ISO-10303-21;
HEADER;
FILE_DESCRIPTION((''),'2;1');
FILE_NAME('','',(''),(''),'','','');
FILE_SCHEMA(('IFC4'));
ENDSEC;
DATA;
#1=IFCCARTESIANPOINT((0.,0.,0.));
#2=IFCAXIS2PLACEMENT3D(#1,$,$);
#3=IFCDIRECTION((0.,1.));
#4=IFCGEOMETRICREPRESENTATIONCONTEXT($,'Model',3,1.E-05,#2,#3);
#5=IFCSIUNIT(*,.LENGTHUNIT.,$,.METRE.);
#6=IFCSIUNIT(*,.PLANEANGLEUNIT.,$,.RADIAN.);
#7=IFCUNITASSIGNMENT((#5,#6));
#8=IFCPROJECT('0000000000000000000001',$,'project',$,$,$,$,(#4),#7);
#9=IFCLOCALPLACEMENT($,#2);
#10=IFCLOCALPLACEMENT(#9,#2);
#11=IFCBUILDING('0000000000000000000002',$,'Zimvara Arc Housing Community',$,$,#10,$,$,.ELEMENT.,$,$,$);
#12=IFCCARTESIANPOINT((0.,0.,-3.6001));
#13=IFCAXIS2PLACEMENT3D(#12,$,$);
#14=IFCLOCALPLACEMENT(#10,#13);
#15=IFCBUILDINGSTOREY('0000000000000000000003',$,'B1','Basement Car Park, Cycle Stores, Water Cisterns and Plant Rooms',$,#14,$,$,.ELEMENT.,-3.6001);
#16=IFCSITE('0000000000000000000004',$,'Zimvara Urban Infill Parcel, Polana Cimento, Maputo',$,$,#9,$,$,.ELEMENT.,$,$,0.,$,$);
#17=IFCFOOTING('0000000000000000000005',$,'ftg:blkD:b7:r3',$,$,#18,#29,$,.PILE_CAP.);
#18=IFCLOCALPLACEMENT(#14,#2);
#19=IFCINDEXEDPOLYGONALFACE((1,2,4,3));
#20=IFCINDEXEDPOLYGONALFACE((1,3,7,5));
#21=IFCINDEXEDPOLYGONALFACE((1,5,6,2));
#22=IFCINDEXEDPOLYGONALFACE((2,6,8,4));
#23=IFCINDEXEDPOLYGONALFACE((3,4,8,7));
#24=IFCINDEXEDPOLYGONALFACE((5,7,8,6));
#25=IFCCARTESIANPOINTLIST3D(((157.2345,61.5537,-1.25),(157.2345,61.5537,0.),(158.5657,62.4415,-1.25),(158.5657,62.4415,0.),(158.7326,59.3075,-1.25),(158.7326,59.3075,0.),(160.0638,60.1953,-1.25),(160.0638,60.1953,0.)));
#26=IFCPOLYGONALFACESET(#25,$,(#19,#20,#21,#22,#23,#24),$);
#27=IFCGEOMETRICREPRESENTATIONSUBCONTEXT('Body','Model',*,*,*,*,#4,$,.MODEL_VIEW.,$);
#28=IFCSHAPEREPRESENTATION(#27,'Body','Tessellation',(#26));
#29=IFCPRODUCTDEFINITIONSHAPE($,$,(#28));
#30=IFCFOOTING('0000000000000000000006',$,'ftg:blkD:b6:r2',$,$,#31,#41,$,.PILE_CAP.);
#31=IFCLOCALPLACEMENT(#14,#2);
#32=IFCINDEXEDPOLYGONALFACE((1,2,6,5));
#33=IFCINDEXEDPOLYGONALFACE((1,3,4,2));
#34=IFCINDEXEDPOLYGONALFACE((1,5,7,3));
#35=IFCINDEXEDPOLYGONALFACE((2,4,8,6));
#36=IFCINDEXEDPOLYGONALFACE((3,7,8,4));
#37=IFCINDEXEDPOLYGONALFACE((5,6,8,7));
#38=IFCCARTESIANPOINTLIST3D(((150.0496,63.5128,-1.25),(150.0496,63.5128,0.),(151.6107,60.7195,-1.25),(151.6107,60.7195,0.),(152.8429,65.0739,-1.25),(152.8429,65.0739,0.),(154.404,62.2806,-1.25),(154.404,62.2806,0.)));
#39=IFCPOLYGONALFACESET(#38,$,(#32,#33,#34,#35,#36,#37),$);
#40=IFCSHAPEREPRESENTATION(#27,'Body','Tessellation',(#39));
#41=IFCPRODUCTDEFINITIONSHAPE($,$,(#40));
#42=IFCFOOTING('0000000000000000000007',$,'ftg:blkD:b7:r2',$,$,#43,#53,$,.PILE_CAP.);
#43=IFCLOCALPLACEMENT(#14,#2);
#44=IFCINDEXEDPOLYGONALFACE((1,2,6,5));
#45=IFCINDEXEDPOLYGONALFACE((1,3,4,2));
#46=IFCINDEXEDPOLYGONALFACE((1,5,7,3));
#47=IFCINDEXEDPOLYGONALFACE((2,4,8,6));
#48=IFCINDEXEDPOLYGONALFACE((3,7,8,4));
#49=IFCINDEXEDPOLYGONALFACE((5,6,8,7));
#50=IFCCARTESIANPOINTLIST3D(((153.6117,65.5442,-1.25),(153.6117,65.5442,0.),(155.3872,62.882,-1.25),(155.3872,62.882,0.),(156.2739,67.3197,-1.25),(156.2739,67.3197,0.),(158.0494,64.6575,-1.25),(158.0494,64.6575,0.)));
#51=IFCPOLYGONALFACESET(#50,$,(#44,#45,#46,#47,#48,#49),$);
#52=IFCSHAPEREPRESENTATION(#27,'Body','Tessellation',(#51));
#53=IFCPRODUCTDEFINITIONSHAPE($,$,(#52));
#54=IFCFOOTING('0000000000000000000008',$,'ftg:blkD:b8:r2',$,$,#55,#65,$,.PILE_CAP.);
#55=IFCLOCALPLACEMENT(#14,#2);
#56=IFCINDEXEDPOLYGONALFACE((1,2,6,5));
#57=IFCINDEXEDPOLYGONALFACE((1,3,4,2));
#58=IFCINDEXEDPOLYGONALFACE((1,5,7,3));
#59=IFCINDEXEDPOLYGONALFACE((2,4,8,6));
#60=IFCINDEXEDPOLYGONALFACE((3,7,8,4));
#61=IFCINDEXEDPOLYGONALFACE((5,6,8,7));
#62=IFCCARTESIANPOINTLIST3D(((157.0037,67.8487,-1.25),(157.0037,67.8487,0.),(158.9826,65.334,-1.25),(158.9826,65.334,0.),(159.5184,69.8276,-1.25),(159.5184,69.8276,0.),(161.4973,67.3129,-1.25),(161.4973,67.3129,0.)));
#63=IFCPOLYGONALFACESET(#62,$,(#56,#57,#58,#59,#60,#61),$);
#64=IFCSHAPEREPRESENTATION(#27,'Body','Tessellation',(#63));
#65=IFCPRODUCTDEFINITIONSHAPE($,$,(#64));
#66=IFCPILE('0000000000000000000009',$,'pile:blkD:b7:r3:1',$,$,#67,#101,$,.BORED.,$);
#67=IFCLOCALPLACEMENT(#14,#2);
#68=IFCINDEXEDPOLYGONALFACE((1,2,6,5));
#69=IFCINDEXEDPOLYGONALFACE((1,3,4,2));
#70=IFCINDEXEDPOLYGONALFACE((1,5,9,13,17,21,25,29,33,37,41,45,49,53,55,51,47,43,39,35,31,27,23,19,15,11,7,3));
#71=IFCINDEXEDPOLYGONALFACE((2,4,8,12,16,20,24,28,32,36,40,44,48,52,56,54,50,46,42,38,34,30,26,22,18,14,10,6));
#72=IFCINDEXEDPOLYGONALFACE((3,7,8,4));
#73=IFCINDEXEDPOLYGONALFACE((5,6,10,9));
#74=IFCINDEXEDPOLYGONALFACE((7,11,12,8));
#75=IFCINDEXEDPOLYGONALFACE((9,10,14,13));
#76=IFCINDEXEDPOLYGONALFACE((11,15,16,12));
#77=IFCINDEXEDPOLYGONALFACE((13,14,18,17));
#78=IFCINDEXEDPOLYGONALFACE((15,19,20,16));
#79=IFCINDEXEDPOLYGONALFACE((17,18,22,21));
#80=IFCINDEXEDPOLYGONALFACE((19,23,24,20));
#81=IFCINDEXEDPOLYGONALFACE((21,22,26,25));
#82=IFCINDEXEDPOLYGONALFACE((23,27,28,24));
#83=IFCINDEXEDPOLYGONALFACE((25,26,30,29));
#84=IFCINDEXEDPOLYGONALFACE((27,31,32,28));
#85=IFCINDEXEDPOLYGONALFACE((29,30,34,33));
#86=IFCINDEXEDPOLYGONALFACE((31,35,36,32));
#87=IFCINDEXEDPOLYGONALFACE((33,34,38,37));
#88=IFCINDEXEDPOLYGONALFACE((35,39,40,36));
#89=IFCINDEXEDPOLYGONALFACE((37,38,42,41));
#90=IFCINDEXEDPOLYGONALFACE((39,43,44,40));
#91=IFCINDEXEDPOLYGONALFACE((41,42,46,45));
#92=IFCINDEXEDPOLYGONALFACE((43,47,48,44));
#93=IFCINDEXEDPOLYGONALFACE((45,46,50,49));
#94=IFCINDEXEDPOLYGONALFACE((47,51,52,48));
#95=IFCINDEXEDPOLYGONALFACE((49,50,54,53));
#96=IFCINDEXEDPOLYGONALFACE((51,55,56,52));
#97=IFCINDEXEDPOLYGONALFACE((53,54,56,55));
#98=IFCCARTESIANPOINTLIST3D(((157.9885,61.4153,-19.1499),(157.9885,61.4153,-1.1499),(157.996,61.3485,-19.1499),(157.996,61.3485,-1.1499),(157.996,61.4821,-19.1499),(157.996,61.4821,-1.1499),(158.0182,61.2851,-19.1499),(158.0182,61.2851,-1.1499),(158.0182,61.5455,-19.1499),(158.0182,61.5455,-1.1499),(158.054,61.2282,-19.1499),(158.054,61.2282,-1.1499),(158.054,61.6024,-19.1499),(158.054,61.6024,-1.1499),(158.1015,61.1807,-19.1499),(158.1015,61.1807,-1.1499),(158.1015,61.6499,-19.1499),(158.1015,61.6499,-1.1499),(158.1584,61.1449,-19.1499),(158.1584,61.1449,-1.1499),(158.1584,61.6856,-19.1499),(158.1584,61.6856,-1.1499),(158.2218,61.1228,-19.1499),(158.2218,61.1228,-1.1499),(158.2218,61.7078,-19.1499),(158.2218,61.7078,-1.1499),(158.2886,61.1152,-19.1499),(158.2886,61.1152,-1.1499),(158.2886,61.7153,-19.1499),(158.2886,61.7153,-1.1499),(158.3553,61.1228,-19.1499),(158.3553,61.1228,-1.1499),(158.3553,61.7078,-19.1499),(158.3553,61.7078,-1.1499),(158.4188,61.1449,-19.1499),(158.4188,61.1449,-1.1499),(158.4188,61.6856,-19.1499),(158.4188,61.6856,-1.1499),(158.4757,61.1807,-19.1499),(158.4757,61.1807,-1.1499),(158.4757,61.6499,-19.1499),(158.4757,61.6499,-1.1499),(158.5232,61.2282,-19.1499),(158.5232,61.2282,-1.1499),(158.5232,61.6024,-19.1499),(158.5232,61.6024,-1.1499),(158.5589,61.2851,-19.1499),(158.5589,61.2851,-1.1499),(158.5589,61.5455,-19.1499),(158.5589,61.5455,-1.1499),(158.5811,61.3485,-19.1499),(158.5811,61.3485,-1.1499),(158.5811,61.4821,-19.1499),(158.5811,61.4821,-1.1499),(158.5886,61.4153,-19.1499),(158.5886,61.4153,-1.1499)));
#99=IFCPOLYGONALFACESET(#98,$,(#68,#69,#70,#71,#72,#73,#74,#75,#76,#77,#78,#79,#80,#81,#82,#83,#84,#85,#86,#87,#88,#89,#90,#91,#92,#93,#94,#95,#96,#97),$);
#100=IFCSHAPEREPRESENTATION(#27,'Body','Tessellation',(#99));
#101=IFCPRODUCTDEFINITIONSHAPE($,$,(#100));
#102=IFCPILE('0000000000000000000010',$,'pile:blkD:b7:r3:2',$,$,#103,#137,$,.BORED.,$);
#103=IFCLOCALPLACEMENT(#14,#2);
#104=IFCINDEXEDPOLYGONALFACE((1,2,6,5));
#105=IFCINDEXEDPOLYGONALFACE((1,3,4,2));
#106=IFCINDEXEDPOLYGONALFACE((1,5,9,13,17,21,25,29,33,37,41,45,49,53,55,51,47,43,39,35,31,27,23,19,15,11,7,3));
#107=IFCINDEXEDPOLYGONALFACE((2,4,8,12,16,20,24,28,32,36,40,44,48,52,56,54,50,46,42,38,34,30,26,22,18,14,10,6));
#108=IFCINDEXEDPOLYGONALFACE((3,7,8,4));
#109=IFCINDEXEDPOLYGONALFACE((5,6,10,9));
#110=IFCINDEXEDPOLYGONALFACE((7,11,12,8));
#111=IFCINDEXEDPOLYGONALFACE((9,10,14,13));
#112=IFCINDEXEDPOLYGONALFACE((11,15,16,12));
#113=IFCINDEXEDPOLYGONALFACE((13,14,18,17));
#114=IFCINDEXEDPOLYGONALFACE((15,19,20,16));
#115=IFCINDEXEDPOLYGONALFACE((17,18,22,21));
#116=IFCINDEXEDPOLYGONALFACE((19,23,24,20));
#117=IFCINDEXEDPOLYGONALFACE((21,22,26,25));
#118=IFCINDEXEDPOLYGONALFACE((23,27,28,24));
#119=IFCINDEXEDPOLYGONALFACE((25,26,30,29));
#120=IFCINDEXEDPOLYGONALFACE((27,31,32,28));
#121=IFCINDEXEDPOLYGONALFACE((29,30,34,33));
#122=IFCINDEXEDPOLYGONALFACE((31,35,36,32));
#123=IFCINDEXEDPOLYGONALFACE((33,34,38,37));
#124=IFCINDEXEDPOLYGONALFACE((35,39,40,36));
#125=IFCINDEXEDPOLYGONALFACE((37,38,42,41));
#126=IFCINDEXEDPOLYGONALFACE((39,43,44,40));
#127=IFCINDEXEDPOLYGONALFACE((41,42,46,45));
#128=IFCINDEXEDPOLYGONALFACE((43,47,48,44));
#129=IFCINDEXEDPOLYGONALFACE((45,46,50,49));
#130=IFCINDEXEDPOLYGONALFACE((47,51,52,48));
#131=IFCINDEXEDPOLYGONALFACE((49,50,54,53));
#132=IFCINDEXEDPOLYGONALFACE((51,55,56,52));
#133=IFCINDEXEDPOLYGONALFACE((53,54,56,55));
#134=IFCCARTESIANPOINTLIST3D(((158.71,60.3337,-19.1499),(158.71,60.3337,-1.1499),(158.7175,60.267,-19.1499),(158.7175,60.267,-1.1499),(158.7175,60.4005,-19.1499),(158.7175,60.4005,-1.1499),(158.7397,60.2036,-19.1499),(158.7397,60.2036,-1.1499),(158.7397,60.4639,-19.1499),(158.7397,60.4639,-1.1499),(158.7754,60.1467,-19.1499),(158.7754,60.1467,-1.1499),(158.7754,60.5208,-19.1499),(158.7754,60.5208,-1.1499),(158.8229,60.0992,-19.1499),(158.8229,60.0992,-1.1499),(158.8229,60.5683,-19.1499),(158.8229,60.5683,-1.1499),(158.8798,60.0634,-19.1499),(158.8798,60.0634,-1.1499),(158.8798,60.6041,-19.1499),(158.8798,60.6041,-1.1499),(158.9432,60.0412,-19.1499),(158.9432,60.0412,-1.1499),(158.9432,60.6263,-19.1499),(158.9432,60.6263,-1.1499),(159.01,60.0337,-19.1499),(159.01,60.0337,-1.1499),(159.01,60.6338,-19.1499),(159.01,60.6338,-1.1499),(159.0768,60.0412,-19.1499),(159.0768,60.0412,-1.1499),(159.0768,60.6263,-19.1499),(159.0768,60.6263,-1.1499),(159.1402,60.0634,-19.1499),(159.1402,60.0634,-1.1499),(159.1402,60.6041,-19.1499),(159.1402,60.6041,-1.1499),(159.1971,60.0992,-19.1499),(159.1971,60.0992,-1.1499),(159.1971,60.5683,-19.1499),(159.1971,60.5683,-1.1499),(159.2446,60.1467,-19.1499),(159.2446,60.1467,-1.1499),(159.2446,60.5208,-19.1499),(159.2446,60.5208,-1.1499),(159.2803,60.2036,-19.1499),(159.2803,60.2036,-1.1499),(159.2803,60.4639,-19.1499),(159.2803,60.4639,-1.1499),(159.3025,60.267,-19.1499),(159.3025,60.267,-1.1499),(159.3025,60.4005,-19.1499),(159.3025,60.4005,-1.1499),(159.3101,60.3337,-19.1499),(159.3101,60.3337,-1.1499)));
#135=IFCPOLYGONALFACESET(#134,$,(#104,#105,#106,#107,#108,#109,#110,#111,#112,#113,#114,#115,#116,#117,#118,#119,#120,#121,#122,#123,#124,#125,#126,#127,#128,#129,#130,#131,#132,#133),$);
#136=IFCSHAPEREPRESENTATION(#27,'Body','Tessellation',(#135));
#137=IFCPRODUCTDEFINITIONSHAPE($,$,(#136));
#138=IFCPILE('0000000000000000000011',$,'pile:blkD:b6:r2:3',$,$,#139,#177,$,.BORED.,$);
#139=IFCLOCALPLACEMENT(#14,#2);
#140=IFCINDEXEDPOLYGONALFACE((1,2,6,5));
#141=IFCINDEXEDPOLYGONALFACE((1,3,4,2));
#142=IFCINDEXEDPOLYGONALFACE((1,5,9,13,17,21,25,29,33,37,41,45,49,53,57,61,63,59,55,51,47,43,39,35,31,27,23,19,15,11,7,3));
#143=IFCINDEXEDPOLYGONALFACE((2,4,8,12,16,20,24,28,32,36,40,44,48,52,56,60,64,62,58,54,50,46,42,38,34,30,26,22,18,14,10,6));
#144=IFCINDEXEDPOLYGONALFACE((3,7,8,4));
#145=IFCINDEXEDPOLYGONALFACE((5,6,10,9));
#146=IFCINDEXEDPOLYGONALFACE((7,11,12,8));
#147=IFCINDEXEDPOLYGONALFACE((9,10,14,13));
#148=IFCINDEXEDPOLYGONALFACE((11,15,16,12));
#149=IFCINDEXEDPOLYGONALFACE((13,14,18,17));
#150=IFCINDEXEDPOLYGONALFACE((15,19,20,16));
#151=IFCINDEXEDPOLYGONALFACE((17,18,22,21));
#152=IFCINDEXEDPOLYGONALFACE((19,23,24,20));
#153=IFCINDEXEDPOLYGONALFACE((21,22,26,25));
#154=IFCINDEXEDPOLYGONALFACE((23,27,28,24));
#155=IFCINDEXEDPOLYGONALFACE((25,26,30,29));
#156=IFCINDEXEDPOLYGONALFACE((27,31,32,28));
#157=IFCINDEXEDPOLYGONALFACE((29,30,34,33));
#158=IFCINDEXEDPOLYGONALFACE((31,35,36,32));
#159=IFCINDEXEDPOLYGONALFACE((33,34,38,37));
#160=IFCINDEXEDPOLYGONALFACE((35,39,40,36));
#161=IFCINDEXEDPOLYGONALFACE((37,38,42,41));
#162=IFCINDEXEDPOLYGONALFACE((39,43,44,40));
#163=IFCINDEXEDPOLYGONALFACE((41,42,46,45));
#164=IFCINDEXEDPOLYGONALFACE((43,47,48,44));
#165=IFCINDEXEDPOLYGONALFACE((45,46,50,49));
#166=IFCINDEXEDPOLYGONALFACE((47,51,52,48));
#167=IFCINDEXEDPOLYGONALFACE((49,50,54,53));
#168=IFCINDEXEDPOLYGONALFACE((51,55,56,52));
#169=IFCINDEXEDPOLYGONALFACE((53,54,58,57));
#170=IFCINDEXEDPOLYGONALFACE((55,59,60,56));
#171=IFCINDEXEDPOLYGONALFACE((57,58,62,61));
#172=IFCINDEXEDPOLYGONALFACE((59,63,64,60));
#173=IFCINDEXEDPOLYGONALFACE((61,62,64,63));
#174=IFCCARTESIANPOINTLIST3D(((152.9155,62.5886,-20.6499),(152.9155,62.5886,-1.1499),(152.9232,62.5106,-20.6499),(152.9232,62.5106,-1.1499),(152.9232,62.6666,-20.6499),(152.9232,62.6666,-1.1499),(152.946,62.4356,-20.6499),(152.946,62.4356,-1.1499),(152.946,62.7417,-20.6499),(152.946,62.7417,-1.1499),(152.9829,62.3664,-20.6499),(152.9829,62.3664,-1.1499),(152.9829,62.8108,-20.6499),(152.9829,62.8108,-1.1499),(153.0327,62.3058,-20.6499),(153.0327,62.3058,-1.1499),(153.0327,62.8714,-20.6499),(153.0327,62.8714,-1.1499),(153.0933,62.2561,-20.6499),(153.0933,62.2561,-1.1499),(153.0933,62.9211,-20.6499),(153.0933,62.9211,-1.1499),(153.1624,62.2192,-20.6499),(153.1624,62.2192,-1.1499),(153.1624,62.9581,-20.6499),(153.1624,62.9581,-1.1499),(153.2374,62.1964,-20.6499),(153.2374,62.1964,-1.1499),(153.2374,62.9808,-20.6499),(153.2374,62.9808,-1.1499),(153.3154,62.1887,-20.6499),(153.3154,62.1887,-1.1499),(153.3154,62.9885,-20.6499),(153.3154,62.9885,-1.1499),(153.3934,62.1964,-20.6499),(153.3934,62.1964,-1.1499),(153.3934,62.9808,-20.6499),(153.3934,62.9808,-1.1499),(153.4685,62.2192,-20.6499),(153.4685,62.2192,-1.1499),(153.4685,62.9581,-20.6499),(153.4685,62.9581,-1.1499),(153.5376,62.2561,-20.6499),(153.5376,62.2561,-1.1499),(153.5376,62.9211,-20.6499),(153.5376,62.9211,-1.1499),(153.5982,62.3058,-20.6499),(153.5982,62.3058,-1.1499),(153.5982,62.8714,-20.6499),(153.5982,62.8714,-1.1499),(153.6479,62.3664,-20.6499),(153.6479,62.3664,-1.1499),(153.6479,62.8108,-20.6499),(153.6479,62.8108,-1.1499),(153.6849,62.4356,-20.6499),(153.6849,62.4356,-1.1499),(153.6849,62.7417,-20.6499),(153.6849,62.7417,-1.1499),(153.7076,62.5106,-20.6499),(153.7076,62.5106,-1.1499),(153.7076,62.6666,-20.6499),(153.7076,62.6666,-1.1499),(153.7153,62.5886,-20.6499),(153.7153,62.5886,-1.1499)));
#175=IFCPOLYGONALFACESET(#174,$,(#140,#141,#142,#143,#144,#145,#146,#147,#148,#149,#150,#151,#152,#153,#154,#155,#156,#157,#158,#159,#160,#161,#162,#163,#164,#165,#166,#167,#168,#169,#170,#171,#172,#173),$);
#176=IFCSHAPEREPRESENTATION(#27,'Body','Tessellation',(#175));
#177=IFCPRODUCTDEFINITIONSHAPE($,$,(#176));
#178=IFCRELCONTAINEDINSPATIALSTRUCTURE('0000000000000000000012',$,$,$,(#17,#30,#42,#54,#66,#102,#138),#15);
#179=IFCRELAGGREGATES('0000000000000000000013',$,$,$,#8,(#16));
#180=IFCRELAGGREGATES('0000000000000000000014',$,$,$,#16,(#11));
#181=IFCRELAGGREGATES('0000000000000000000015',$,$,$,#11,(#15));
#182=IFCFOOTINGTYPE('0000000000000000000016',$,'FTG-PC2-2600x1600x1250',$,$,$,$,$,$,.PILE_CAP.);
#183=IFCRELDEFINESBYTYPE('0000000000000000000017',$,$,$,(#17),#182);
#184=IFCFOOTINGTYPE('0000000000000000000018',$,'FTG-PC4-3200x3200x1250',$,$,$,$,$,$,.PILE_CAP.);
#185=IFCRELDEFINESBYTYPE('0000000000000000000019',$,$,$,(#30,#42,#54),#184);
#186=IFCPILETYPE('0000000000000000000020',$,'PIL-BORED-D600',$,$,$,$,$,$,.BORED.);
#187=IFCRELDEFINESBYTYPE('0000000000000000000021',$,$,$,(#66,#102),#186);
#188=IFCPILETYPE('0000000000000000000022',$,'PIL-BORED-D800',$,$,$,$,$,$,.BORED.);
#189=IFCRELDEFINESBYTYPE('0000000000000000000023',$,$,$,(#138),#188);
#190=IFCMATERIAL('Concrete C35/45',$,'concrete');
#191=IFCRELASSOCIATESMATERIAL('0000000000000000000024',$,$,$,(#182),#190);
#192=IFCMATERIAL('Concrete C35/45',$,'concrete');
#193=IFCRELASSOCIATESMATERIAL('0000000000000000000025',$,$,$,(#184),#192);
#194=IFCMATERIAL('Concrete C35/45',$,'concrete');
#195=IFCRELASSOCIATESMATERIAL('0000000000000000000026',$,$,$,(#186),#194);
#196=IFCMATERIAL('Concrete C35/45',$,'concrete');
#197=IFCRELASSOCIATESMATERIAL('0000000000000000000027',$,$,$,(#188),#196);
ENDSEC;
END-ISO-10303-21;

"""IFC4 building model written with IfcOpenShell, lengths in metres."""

from ifc_helpers import new_model, si_unit, direction, frame, origin, origin_2d, place, context, subcontext, project, spatial, rectangle, circle, extrude, material, material_profile, profile_set, type_object, element, save


model = new_model("IFC4")

# Units and contexts
model_context = context("Model", 3, precision=1e-05, world=origin(), true_north=direction((0.0, 1.0)))
body_context = subcontext(model_context, "Body", "Model", "MODEL_VIEW")
ifc_project = project(units=[si_unit("LENGTHUNIT", "METRE"), si_unit("PLANEANGLEUNIT", "RADIAN")], contexts=[model_context])

# Site, building, storey
site_placement = place(None, origin())
site = spatial("IfcSite", under=ifc_project, at=site_placement, Name="Zimvara Urban Infill Parcel, Polana Cimento, Maputo", CompositionType="ELEMENT", RefElevation=0.0)
building_placement = place(site_placement, origin())
building = spatial("IfcBuilding", under=site, at=building_placement, Name="Zimvara Arc Housing Community", CompositionType="ELEMENT")
storey_placement = place(building_placement, frame((0.0, 0.0, -3.6001)))
storey = spatial("IfcBuildingStorey", under=building, at=storey_placement, Name="B1", Description="Basement Car Park, Cycle Stores, Water Cisterns and Plant Rooms", CompositionType="ELEMENT", Elevation=-3.6001)

# Footings
ifc_material_1 = material(Name="Concrete C35/45", Category="concrete")
footing_type_1 = type_object("IfcFootingType", Name="FTG-PC2-2600x1600x1250", PredefinedType="PILE_CAP", material=ifc_material_1)
footing_placement = place(storey_placement, frame((158.6492, 60.8745, -1.25), z_axis=(0.0, 0.0, 1.0), x_axis=(0.554844, -0.831954, 0.0)))
element("IfcFooting", 1, at=footing_placement, inside=storey, type_object=footing_type_1, Name="ftg:blkD:b7:r3", PredefinedType="PILE_CAP", context=body_context, shape_type="SweptSolid", body=[
    extrude(rectangle(XDim=2.7, YDim=1.6001, at=origin_2d()), origin(), (0.0, 0.0, 1.0), 1.25),
])
ifc_material_2 = material(Name="Concrete C35/45", Category="concrete")
footing_type_2 = type_object("IfcFootingType", Name="FTG-PC4-3200x3200x1250", PredefinedType="PILE_CAP", material=ifc_material_2)
for number, where, z_axis, x_axis, name in (
    (2, (152.2268, 62.8967, -1.25), (0.0, 0.0, 1.0), (0.48786, -0.872922, 0.0), "ftg:blkD:b6:r2"),
    (3, (155.8306, 65.1008, -1.25), (0.0, 0.0, 1.0), (0.554844, -0.831954, 0.0), "ftg:blkD:b7:r2"),
    (4, (159.2505, 67.5808, -1.25), (0.0, 0.0, 1.0), (0.618408, -0.785857, 0.0), "ftg:blkD:b8:r2"),
):
    element("IfcFooting", number, at=place(storey_placement, frame(where, z_axis=z_axis, x_axis=x_axis)), inside=storey, type_object=footing_type_2, Name=name, PredefinedType="PILE_CAP", context=body_context, shape_type="SweptSolid", body=[
        extrude(rectangle(XDim=3.2, YDim=3.2, at=origin_2d()), origin(), (0.0, 0.0, 1.0), 1.25),
    ])

# Piles
ifc_material_3 = material(Name="Concrete C35/45", Category="concrete")
ifc_material_profile_1 = material_profile(ifc_material_3, circle(Radius=0.3, at=origin_2d()), Name="PILE D600")
ifc_profile_set_1 = profile_set([ifc_material_profile_1], Name="Concrete C35/45")
pile_type_1 = type_object("IfcPileType", Name="PIL-BORED-D600", PredefinedType="BORED", material=ifc_profile_set_1)
for number, where, z_axis, x_axis, name in (
    (5, (158.2886, 61.4153, -1.1499), (0.0, 0.0, -1.0), (1.0, 0.0, 0.0), "pile:blkD:b7:r3:1"),
    (6, (159.01, 60.3337, -1.1499), (0.0, 0.0, -1.0), (1.0, 0.0, 0.0), "pile:blkD:b7:r3:2"),
):
    element("IfcPile", number, at=place(storey_placement, frame(where, z_axis=z_axis, x_axis=x_axis)), inside=storey, type_object=pile_type_1, Name=name, PredefinedType="BORED", context=body_context, shape_type="SweptSolid", body=[
        extrude(circle(Radius=0.3, at=origin_2d()), origin(), (0.0, 0.0, 1.0), 18.0),
    ])
ifc_material_4 = material(Name="Concrete C35/45", Category="concrete")
ifc_material_profile_2 = material_profile(ifc_material_4, circle(Radius=0.3999, at=origin_2d()), Name="PILE D800")
ifc_profile_set_2 = profile_set([ifc_material_profile_2], Name="Concrete C35/45")
pile_type_2 = type_object("IfcPileType", Name="PIL-BORED-D800", PredefinedType="BORED", material=ifc_profile_set_2)
for number, where, z_axis, x_axis, name in (
    (7, (153.3154, 62.5886, -1.1499), (0.0, 0.0, -1.0), (1.0, 0.0, 0.0), "pile:blkD:b6:r2:3"),
):
    element("IfcPile", number, at=place(storey_placement, frame(where, z_axis=z_axis, x_axis=x_axis)), inside=storey, type_object=pile_type_2, Name=name, PredefinedType="BORED", context=body_context, shape_type="SweptSolid", body=[
        extrude(circle(Radius=0.3999, at=origin_2d()), origin(), (0.0, 0.0, 1.0), 19.5),
    ])

save(model, "model.ifc")
